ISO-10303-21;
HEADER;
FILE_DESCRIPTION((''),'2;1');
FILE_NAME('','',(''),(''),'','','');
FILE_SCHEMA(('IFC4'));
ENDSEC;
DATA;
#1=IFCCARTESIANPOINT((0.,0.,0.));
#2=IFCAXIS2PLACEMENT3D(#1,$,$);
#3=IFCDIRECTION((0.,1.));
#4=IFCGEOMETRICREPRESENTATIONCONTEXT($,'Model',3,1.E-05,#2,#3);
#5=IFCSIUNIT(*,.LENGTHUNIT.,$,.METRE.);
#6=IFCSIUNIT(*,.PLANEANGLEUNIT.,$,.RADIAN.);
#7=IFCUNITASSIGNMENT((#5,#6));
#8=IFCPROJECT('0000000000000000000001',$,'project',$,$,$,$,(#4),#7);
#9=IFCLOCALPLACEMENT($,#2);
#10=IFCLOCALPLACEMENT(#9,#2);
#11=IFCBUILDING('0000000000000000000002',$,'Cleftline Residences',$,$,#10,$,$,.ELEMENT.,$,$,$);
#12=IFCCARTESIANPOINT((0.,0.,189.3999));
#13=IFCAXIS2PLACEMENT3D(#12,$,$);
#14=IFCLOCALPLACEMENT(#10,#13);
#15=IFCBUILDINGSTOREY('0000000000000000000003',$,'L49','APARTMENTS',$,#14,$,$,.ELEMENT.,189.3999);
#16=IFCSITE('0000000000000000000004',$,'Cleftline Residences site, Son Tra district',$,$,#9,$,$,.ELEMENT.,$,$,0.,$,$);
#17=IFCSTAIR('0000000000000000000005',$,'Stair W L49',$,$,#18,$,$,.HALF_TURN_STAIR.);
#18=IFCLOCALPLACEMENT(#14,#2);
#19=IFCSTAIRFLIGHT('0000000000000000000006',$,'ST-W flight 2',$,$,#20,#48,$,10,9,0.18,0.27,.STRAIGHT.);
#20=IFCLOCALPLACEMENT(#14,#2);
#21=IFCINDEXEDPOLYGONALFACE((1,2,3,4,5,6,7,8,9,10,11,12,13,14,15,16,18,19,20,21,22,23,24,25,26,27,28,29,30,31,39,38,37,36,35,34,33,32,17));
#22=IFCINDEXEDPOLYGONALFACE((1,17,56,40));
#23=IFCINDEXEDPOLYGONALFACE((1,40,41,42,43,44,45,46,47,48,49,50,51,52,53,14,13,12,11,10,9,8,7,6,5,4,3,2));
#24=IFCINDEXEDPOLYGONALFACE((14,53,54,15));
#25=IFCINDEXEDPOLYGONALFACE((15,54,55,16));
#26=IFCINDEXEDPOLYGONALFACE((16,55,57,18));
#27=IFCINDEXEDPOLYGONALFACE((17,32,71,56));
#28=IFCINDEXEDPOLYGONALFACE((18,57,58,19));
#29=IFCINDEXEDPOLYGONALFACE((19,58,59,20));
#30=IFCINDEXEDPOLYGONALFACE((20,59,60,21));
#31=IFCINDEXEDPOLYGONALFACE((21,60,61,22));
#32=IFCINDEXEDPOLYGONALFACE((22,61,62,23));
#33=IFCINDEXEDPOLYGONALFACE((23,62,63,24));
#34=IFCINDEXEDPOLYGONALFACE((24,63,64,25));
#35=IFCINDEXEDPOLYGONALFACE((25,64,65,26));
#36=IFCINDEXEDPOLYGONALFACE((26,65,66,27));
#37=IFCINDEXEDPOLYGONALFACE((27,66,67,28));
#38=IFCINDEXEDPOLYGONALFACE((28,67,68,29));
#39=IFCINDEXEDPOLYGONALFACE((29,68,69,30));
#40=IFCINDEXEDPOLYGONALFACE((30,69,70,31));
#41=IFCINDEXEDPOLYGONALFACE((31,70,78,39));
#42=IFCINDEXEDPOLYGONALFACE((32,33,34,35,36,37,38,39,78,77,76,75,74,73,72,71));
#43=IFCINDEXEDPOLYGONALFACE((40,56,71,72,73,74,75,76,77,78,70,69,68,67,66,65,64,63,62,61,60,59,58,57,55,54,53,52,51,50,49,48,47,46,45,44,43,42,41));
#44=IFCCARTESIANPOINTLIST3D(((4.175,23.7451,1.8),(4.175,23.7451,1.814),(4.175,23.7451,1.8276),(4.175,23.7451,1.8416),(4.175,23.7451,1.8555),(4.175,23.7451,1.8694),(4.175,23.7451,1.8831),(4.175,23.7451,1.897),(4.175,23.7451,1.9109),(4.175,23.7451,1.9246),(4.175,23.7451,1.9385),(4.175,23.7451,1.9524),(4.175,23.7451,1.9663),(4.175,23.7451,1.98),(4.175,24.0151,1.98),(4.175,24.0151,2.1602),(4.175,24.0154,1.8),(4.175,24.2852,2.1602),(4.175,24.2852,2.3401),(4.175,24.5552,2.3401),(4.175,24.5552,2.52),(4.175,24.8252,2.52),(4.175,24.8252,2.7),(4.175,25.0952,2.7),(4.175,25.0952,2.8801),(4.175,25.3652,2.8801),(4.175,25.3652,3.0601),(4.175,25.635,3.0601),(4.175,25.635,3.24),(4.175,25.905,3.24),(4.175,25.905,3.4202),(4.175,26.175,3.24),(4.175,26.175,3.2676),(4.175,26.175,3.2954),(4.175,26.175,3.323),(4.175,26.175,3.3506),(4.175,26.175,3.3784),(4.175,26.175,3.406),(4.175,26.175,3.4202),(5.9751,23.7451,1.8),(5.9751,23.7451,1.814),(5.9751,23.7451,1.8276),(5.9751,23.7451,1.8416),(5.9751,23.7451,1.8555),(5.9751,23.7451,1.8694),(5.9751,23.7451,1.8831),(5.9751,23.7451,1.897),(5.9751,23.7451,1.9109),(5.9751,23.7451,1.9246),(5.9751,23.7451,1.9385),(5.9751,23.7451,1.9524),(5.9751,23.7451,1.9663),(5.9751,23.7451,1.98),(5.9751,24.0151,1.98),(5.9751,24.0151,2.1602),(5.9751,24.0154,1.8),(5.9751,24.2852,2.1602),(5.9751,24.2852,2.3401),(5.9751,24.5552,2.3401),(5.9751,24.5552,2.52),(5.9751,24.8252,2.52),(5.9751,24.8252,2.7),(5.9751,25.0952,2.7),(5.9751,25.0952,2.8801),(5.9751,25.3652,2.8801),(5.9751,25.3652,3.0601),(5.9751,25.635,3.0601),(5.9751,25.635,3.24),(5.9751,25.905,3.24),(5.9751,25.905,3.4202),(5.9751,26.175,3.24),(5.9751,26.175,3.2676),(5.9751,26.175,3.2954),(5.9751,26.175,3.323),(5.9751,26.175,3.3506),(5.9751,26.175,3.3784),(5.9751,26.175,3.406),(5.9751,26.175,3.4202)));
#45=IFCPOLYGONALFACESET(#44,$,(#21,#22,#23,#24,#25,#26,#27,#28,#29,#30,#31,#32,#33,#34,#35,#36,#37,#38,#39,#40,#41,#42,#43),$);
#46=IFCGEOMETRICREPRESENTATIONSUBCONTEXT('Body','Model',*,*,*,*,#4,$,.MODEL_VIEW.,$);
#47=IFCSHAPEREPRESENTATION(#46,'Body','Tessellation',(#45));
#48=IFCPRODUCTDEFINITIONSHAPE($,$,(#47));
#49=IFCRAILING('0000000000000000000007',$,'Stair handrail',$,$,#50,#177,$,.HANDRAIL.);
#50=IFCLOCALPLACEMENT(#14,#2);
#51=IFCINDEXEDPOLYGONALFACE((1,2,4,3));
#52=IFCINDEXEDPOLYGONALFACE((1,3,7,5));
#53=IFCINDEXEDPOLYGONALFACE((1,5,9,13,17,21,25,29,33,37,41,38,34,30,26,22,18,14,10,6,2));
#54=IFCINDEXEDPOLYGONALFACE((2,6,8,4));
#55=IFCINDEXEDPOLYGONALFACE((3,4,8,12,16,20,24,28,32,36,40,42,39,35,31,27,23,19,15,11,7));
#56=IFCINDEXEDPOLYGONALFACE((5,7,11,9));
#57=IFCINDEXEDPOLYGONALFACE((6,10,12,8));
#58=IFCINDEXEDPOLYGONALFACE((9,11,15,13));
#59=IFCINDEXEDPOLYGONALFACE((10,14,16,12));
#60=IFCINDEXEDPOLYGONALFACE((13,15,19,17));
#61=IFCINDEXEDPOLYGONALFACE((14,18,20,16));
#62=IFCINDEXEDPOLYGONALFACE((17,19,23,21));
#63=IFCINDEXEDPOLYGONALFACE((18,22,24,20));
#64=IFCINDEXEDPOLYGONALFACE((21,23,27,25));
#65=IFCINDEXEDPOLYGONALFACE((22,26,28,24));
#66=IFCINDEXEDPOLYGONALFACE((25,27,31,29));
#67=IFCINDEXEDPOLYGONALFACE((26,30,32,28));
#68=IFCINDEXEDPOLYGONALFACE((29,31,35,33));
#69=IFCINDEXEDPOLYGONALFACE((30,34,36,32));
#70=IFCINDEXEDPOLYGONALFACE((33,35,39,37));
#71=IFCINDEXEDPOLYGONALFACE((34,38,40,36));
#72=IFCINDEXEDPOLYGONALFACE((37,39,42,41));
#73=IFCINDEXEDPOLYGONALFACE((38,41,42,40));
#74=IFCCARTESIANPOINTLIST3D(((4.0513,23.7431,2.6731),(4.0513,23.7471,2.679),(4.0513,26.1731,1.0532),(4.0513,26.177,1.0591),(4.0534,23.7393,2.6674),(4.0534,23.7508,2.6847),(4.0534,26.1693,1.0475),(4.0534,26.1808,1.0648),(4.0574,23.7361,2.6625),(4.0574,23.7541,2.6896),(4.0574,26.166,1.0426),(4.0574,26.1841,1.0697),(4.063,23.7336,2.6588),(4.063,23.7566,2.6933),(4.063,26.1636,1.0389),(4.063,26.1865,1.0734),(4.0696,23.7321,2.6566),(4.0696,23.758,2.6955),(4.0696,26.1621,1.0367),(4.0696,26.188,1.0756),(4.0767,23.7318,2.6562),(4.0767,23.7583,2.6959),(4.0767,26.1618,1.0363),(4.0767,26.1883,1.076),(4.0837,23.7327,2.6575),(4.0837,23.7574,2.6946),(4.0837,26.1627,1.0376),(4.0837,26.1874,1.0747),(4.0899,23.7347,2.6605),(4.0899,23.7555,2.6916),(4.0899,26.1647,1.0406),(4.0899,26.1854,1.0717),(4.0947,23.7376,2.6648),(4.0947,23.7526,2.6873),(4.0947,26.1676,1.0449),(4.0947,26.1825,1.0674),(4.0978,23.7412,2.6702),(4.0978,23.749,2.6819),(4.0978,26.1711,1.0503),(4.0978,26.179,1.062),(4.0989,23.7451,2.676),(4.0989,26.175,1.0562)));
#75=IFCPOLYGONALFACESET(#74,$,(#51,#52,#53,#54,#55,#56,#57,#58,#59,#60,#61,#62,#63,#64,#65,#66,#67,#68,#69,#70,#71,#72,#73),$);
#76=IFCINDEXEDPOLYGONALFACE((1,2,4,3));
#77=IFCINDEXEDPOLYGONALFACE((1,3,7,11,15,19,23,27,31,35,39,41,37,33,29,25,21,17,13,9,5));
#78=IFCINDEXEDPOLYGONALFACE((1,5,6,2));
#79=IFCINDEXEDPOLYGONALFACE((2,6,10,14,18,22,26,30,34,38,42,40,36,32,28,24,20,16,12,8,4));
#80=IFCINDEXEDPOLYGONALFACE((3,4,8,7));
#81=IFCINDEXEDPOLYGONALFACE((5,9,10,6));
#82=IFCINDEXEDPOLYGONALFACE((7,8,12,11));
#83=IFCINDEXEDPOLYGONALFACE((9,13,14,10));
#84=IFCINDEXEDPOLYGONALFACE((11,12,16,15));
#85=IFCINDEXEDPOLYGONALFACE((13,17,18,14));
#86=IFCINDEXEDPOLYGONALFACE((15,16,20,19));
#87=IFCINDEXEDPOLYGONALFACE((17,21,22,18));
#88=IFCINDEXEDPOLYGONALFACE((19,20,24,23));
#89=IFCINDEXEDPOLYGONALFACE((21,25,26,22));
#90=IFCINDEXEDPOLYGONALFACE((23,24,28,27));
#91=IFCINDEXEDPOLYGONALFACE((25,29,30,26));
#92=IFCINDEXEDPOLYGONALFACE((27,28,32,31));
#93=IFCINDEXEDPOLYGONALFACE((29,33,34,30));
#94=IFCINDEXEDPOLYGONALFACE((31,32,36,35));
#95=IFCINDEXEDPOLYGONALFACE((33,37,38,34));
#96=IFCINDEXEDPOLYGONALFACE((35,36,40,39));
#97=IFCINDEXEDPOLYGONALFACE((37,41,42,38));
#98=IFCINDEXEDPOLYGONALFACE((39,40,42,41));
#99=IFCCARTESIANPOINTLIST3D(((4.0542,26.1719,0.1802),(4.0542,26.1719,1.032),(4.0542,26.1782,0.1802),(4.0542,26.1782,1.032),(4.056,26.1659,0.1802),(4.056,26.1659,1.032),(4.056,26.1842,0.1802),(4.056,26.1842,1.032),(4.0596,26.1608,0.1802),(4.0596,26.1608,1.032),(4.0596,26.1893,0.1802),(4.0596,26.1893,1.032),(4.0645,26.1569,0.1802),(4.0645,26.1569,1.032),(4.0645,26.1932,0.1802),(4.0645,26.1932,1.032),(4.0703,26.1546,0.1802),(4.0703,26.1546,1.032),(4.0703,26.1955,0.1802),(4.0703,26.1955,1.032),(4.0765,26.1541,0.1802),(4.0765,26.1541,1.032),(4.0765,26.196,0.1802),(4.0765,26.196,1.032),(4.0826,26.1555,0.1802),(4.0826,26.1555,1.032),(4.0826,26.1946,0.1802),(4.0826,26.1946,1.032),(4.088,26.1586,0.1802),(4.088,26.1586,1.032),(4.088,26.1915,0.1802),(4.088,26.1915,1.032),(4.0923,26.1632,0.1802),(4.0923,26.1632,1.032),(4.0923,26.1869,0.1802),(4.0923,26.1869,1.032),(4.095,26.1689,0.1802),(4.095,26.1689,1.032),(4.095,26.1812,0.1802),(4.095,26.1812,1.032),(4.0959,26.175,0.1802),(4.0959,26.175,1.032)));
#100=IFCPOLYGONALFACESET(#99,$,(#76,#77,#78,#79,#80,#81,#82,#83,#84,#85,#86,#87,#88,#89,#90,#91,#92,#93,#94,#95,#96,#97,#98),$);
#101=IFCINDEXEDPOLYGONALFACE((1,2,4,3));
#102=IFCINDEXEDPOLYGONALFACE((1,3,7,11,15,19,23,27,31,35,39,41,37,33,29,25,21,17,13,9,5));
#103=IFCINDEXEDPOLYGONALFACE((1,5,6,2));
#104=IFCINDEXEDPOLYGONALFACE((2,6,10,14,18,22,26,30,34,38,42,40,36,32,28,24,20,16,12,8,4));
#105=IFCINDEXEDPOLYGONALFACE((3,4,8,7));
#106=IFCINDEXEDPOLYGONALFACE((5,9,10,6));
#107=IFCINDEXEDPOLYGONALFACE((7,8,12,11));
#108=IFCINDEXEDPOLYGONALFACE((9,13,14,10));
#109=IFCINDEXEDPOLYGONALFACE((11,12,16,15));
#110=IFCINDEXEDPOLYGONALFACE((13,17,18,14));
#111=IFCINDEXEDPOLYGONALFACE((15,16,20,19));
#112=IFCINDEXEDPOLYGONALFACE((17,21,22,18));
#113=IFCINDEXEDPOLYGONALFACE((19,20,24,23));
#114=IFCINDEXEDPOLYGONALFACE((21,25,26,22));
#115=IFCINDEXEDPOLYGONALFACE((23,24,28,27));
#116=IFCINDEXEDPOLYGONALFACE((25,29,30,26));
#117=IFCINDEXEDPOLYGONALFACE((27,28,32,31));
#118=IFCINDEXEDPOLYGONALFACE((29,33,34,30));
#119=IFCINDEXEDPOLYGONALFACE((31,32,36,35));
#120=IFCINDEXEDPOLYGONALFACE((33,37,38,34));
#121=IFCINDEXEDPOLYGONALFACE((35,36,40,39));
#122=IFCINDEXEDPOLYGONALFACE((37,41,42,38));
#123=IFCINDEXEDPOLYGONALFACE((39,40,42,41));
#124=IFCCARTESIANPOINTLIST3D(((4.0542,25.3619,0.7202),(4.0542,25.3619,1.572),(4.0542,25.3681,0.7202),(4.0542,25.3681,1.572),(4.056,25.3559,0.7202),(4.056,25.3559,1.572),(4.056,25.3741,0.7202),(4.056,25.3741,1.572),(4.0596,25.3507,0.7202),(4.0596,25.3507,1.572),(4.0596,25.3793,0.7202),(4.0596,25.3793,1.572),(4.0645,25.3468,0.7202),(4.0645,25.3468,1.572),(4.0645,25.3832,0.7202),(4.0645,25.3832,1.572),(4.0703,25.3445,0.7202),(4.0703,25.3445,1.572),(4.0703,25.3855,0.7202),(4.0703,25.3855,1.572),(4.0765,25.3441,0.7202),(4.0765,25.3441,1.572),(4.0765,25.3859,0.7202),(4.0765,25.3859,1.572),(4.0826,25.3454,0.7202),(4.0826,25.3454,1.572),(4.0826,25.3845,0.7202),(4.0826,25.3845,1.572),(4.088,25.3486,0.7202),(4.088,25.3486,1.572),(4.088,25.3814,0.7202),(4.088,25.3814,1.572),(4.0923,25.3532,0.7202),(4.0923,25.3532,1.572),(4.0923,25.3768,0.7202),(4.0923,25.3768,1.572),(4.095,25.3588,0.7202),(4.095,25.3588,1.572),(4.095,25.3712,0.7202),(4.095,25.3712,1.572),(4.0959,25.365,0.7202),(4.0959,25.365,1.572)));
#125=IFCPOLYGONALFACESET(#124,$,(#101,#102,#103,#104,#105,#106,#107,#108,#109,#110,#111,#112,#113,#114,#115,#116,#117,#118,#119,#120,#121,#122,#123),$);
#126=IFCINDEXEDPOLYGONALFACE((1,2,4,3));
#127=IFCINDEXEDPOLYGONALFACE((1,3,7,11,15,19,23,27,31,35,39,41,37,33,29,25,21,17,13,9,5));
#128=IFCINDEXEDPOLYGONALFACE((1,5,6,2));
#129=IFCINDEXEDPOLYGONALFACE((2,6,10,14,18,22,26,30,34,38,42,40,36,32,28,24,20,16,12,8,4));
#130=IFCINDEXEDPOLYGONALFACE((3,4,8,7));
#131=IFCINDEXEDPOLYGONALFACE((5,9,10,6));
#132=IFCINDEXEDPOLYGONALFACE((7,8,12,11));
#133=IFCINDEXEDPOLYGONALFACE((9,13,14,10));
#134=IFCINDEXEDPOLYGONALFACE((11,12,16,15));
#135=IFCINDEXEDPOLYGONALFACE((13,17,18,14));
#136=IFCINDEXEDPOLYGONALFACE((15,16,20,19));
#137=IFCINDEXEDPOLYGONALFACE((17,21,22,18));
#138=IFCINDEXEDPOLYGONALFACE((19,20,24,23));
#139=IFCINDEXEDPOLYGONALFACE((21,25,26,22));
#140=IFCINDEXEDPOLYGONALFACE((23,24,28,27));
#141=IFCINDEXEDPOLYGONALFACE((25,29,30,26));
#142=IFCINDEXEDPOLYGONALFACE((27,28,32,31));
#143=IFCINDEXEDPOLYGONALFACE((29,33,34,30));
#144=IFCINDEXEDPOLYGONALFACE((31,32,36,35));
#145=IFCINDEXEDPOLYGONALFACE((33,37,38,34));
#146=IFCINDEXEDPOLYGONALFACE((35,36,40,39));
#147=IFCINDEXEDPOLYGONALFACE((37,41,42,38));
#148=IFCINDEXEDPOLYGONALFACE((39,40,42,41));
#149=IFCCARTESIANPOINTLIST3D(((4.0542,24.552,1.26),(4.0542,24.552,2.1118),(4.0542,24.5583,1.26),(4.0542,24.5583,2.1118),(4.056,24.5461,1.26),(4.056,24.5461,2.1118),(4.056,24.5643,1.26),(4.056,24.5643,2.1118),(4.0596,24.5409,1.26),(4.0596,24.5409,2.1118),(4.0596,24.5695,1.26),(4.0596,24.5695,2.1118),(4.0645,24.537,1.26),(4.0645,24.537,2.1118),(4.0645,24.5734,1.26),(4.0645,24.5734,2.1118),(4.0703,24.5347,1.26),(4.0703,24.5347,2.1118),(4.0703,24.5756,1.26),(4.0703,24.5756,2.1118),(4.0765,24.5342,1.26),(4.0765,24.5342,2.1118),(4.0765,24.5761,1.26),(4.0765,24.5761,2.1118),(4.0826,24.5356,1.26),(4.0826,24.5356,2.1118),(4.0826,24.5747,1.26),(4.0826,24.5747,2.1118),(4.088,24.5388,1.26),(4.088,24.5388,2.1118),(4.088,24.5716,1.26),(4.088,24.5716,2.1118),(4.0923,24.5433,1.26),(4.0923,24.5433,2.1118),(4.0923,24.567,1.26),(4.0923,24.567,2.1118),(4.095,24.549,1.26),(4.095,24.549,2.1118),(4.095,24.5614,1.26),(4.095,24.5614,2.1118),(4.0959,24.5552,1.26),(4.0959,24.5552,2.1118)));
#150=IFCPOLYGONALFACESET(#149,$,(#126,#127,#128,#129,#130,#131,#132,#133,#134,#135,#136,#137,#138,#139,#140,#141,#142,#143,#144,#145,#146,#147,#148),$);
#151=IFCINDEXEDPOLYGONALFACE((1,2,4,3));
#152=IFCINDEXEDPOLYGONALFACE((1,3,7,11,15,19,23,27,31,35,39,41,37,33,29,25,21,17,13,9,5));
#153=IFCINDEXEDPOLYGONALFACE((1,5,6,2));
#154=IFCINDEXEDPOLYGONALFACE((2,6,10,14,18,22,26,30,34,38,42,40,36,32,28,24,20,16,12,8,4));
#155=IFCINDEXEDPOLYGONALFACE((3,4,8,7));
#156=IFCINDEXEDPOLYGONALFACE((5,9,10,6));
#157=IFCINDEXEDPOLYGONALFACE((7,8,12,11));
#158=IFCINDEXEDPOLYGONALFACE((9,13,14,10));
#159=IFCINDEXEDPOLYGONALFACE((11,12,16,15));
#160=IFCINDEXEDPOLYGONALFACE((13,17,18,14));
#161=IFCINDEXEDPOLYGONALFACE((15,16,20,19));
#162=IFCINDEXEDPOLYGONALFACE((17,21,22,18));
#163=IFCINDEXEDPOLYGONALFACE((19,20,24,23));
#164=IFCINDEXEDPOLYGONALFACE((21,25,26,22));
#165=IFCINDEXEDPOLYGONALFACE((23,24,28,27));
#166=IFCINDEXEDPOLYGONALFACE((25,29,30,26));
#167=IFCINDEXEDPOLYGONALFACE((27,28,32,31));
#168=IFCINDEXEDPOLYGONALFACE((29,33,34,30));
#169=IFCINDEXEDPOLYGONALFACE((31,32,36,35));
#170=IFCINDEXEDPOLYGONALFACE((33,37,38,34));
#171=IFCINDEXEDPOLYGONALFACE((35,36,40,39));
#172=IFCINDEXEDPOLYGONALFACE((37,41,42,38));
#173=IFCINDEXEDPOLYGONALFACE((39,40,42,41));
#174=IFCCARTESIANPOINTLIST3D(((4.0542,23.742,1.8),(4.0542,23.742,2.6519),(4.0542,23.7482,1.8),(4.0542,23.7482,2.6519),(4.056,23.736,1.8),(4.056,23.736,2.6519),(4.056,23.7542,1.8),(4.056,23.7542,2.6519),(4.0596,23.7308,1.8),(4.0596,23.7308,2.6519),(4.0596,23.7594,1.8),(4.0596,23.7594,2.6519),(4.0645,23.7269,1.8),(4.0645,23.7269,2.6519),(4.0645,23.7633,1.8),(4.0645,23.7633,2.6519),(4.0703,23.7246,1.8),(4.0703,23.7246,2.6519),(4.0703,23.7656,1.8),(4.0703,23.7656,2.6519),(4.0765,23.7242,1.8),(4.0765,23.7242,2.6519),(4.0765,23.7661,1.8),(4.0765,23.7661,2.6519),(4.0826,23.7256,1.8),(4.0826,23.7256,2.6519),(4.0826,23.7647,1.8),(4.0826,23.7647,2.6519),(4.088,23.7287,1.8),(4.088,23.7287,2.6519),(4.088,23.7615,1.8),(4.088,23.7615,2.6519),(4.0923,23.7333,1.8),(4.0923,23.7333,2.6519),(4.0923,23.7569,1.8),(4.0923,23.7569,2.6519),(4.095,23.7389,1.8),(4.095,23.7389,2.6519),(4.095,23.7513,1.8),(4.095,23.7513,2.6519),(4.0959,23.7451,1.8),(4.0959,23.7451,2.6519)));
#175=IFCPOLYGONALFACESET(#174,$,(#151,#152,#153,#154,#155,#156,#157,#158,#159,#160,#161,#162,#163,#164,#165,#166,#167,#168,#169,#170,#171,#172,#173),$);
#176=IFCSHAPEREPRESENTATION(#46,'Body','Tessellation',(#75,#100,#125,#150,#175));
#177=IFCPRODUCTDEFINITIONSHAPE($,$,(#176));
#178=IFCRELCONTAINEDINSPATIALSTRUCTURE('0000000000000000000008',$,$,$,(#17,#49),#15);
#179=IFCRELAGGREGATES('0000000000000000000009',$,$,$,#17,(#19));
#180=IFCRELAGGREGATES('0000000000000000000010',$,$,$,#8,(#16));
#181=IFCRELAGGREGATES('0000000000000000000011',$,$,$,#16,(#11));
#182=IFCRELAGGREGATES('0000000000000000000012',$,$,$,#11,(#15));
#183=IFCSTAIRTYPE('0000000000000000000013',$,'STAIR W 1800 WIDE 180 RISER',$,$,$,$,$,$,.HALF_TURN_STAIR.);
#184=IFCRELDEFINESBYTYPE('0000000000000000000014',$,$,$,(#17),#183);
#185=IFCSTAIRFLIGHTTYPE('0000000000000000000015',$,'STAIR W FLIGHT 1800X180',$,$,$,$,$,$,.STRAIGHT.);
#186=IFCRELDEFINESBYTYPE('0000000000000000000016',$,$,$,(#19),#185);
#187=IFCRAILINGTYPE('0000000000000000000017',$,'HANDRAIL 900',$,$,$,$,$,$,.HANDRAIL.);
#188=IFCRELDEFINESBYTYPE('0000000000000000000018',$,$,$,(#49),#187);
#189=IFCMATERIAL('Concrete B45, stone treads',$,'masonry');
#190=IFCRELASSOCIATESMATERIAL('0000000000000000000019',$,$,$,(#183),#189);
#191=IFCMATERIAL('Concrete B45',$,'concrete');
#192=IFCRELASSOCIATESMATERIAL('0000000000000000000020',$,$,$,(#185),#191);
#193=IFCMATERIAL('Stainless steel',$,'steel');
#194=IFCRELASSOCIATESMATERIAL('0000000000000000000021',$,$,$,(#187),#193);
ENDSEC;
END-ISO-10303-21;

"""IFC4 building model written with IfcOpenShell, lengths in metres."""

from ifc_helpers import new_model, si_unit, direction, frame, origin, origin_2d, place, context, subcontext, project, spatial, polyline, circle, outline, extrude, material, type_object, element, aggregate, save


model = new_model("IFC4")

# Units and contexts
model_context = context("Model", 3, precision=1e-05, world=origin(), true_north=direction((0.0, 1.0)))
body_context = subcontext(model_context, "Body", "Model", "MODEL_VIEW")
ifc_project = project(units=[si_unit("LENGTHUNIT", "METRE"), si_unit("PLANEANGLEUNIT", "RADIAN")], contexts=[model_context])

# Site, building, storey
site_placement = place(None, origin())
site = spatial("IfcSite", under=ifc_project, at=site_placement, Name="Cleftline Residences site, Son Tra district", CompositionType="ELEMENT", RefElevation=0.0)
building_placement = place(site_placement, origin())
building = spatial("IfcBuilding", under=site, at=building_placement, Name="Cleftline Residences", CompositionType="ELEMENT")
storey_placement = place(building_placement, frame((0.0, 0.0, 189.3999)))
storey = spatial("IfcBuildingStorey", under=building, at=storey_placement, Name="L49", Description="APARTMENTS", CompositionType="ELEMENT", Elevation=189.3999)

# Stair, stair flight
ifc_material_1 = material(Name="Concrete B45, stone treads", Category="masonry")
stair_type = type_object("IfcStairType", Name="STAIR W 1800 WIDE 180 RISER", PredefinedType="HALF_TURN_STAIR", material=ifc_material_1)
stair_placement = place(storey_placement, origin())
stair = element("IfcStair", 1, at=stair_placement, inside=storey, type_object=stair_type, Name="Stair W L49", PredefinedType="HALF_TURN_STAIR")
ifc_material_2 = material(Name="Concrete B45", Category="concrete")
stair_flight_type = type_object("IfcStairFlightType", Name="STAIR W FLIGHT 1800X180", PredefinedType="STRAIGHT", material=ifc_material_2)
stair_flight_1_placement = place(storey_placement, frame((5.075, 23.7451, 1.8), z_axis=(0.0, 0.0, 1.0), x_axis=(0.0, 1.0, 0.0)))
stair_flight_1 = element("IfcStairFlight", 2, at=stair_flight_1_placement, type_object=stair_flight_type, Name="ST-W flight 2", NumberOfRisers=10, NumberOfTreads=9, PredefinedType="STRAIGHT", RiserHeight=0.18, TreadLength=0.27, context=body_context, shape_type="SweptSolid", body=[
    extrude(outline(polyline([(0.0, 0.0), (0.0, 0.0139), (0.0, 0.0276), (0.0, 0.0415), (0.0, 0.0554), (0.0, 0.0693), (0.0, 0.083), (0.0, 0.0969), (0.0, 0.1108), (0.0, 0.1245), (0.0, 0.1384), (0.0, 0.1523), (0.0, 0.1663), (0.0, 0.1799), (0.27, 0.1799), (0.27, 0.3601), (0.54, 0.3601), (0.54, 0.54), (0.8101, 0.54), (0.8101, 0.72), (1.0801, 0.72), (1.0801, 0.8999), (1.3501, 0.8999), (1.3501, 1.0801), (1.6201, 1.0801), (1.6201, 1.26), (1.8899, 1.26), (1.8899, 1.4399), (2.1599, 1.4399), (2.1599, 1.6201), (2.4299, 1.6201), (2.4299, 1.8), (2.4299, 1.7722), (2.4299, 1.7446), (2.4299, 1.7168), (2.4299, 1.6892), (2.4299, 1.6614), (2.4299, 1.6338), (2.4299, 1.606), (2.4299, 1.5784), (2.4299, 1.5505), (2.4299, 1.5229), (2.4299, 1.4954), (2.4299, 1.4675), (2.4299, 1.4399), (0.2703, 0.0), (0.0, 0.0)])), frame((0.0, 0.8999, 0.0), z_axis=(0.0, -1.0, 0.0), x_axis=(1.0, 0.0, 0.0)), (0.0, 0.0, 1.0), 1.8),
])
aggregate(stair, [stair_flight_1])

# Railing
ifc_material_3 = material(Name="Stainless steel", Category="steel")
railing_type = type_object("IfcRailingType", Name="HANDRAIL 900", PredefinedType="HANDRAIL", material=ifc_material_3)
railing_1_placement = place(storey_placement, frame((4.075, 26.175, 0.1802)))
element("IfcRailing", 3, at=railing_1_placement, inside=storey, type_object=railing_type, Name="Stair handrail", PredefinedType="HANDRAIL", context=body_context, shape_type="SweptSolid", body=[
    extrude(circle(Radius=0.0239, at=origin_2d()), frame((0.0, 0.0, 0.876), z_axis=(0.0, -0.832063, 0.554681), x_axis=(1.0, 0.0, 0.0)), (0.0, 0.0, 1.0), 2.9204),
    extrude(circle(Radius=0.021, at=origin_2d()), origin(), (0.0, 0.0, 1.0), 0.8518),
    extrude(circle(Radius=0.021, at=origin_2d()), frame((0.0, -0.8101, 0.54)), (0.0, 0.0, 1.0), 0.8518),
    extrude(circle(Radius=0.021, at=origin_2d()), frame((0.0, -1.6199, 1.0798)), (0.0, 0.0, 1.0), 0.8518),
    extrude(circle(Radius=0.021, at=origin_2d()), frame((0.0, -2.4299, 1.6199)), (0.0, 0.0, 1.0), 0.8518),
])

save(model, "model.ifc")
